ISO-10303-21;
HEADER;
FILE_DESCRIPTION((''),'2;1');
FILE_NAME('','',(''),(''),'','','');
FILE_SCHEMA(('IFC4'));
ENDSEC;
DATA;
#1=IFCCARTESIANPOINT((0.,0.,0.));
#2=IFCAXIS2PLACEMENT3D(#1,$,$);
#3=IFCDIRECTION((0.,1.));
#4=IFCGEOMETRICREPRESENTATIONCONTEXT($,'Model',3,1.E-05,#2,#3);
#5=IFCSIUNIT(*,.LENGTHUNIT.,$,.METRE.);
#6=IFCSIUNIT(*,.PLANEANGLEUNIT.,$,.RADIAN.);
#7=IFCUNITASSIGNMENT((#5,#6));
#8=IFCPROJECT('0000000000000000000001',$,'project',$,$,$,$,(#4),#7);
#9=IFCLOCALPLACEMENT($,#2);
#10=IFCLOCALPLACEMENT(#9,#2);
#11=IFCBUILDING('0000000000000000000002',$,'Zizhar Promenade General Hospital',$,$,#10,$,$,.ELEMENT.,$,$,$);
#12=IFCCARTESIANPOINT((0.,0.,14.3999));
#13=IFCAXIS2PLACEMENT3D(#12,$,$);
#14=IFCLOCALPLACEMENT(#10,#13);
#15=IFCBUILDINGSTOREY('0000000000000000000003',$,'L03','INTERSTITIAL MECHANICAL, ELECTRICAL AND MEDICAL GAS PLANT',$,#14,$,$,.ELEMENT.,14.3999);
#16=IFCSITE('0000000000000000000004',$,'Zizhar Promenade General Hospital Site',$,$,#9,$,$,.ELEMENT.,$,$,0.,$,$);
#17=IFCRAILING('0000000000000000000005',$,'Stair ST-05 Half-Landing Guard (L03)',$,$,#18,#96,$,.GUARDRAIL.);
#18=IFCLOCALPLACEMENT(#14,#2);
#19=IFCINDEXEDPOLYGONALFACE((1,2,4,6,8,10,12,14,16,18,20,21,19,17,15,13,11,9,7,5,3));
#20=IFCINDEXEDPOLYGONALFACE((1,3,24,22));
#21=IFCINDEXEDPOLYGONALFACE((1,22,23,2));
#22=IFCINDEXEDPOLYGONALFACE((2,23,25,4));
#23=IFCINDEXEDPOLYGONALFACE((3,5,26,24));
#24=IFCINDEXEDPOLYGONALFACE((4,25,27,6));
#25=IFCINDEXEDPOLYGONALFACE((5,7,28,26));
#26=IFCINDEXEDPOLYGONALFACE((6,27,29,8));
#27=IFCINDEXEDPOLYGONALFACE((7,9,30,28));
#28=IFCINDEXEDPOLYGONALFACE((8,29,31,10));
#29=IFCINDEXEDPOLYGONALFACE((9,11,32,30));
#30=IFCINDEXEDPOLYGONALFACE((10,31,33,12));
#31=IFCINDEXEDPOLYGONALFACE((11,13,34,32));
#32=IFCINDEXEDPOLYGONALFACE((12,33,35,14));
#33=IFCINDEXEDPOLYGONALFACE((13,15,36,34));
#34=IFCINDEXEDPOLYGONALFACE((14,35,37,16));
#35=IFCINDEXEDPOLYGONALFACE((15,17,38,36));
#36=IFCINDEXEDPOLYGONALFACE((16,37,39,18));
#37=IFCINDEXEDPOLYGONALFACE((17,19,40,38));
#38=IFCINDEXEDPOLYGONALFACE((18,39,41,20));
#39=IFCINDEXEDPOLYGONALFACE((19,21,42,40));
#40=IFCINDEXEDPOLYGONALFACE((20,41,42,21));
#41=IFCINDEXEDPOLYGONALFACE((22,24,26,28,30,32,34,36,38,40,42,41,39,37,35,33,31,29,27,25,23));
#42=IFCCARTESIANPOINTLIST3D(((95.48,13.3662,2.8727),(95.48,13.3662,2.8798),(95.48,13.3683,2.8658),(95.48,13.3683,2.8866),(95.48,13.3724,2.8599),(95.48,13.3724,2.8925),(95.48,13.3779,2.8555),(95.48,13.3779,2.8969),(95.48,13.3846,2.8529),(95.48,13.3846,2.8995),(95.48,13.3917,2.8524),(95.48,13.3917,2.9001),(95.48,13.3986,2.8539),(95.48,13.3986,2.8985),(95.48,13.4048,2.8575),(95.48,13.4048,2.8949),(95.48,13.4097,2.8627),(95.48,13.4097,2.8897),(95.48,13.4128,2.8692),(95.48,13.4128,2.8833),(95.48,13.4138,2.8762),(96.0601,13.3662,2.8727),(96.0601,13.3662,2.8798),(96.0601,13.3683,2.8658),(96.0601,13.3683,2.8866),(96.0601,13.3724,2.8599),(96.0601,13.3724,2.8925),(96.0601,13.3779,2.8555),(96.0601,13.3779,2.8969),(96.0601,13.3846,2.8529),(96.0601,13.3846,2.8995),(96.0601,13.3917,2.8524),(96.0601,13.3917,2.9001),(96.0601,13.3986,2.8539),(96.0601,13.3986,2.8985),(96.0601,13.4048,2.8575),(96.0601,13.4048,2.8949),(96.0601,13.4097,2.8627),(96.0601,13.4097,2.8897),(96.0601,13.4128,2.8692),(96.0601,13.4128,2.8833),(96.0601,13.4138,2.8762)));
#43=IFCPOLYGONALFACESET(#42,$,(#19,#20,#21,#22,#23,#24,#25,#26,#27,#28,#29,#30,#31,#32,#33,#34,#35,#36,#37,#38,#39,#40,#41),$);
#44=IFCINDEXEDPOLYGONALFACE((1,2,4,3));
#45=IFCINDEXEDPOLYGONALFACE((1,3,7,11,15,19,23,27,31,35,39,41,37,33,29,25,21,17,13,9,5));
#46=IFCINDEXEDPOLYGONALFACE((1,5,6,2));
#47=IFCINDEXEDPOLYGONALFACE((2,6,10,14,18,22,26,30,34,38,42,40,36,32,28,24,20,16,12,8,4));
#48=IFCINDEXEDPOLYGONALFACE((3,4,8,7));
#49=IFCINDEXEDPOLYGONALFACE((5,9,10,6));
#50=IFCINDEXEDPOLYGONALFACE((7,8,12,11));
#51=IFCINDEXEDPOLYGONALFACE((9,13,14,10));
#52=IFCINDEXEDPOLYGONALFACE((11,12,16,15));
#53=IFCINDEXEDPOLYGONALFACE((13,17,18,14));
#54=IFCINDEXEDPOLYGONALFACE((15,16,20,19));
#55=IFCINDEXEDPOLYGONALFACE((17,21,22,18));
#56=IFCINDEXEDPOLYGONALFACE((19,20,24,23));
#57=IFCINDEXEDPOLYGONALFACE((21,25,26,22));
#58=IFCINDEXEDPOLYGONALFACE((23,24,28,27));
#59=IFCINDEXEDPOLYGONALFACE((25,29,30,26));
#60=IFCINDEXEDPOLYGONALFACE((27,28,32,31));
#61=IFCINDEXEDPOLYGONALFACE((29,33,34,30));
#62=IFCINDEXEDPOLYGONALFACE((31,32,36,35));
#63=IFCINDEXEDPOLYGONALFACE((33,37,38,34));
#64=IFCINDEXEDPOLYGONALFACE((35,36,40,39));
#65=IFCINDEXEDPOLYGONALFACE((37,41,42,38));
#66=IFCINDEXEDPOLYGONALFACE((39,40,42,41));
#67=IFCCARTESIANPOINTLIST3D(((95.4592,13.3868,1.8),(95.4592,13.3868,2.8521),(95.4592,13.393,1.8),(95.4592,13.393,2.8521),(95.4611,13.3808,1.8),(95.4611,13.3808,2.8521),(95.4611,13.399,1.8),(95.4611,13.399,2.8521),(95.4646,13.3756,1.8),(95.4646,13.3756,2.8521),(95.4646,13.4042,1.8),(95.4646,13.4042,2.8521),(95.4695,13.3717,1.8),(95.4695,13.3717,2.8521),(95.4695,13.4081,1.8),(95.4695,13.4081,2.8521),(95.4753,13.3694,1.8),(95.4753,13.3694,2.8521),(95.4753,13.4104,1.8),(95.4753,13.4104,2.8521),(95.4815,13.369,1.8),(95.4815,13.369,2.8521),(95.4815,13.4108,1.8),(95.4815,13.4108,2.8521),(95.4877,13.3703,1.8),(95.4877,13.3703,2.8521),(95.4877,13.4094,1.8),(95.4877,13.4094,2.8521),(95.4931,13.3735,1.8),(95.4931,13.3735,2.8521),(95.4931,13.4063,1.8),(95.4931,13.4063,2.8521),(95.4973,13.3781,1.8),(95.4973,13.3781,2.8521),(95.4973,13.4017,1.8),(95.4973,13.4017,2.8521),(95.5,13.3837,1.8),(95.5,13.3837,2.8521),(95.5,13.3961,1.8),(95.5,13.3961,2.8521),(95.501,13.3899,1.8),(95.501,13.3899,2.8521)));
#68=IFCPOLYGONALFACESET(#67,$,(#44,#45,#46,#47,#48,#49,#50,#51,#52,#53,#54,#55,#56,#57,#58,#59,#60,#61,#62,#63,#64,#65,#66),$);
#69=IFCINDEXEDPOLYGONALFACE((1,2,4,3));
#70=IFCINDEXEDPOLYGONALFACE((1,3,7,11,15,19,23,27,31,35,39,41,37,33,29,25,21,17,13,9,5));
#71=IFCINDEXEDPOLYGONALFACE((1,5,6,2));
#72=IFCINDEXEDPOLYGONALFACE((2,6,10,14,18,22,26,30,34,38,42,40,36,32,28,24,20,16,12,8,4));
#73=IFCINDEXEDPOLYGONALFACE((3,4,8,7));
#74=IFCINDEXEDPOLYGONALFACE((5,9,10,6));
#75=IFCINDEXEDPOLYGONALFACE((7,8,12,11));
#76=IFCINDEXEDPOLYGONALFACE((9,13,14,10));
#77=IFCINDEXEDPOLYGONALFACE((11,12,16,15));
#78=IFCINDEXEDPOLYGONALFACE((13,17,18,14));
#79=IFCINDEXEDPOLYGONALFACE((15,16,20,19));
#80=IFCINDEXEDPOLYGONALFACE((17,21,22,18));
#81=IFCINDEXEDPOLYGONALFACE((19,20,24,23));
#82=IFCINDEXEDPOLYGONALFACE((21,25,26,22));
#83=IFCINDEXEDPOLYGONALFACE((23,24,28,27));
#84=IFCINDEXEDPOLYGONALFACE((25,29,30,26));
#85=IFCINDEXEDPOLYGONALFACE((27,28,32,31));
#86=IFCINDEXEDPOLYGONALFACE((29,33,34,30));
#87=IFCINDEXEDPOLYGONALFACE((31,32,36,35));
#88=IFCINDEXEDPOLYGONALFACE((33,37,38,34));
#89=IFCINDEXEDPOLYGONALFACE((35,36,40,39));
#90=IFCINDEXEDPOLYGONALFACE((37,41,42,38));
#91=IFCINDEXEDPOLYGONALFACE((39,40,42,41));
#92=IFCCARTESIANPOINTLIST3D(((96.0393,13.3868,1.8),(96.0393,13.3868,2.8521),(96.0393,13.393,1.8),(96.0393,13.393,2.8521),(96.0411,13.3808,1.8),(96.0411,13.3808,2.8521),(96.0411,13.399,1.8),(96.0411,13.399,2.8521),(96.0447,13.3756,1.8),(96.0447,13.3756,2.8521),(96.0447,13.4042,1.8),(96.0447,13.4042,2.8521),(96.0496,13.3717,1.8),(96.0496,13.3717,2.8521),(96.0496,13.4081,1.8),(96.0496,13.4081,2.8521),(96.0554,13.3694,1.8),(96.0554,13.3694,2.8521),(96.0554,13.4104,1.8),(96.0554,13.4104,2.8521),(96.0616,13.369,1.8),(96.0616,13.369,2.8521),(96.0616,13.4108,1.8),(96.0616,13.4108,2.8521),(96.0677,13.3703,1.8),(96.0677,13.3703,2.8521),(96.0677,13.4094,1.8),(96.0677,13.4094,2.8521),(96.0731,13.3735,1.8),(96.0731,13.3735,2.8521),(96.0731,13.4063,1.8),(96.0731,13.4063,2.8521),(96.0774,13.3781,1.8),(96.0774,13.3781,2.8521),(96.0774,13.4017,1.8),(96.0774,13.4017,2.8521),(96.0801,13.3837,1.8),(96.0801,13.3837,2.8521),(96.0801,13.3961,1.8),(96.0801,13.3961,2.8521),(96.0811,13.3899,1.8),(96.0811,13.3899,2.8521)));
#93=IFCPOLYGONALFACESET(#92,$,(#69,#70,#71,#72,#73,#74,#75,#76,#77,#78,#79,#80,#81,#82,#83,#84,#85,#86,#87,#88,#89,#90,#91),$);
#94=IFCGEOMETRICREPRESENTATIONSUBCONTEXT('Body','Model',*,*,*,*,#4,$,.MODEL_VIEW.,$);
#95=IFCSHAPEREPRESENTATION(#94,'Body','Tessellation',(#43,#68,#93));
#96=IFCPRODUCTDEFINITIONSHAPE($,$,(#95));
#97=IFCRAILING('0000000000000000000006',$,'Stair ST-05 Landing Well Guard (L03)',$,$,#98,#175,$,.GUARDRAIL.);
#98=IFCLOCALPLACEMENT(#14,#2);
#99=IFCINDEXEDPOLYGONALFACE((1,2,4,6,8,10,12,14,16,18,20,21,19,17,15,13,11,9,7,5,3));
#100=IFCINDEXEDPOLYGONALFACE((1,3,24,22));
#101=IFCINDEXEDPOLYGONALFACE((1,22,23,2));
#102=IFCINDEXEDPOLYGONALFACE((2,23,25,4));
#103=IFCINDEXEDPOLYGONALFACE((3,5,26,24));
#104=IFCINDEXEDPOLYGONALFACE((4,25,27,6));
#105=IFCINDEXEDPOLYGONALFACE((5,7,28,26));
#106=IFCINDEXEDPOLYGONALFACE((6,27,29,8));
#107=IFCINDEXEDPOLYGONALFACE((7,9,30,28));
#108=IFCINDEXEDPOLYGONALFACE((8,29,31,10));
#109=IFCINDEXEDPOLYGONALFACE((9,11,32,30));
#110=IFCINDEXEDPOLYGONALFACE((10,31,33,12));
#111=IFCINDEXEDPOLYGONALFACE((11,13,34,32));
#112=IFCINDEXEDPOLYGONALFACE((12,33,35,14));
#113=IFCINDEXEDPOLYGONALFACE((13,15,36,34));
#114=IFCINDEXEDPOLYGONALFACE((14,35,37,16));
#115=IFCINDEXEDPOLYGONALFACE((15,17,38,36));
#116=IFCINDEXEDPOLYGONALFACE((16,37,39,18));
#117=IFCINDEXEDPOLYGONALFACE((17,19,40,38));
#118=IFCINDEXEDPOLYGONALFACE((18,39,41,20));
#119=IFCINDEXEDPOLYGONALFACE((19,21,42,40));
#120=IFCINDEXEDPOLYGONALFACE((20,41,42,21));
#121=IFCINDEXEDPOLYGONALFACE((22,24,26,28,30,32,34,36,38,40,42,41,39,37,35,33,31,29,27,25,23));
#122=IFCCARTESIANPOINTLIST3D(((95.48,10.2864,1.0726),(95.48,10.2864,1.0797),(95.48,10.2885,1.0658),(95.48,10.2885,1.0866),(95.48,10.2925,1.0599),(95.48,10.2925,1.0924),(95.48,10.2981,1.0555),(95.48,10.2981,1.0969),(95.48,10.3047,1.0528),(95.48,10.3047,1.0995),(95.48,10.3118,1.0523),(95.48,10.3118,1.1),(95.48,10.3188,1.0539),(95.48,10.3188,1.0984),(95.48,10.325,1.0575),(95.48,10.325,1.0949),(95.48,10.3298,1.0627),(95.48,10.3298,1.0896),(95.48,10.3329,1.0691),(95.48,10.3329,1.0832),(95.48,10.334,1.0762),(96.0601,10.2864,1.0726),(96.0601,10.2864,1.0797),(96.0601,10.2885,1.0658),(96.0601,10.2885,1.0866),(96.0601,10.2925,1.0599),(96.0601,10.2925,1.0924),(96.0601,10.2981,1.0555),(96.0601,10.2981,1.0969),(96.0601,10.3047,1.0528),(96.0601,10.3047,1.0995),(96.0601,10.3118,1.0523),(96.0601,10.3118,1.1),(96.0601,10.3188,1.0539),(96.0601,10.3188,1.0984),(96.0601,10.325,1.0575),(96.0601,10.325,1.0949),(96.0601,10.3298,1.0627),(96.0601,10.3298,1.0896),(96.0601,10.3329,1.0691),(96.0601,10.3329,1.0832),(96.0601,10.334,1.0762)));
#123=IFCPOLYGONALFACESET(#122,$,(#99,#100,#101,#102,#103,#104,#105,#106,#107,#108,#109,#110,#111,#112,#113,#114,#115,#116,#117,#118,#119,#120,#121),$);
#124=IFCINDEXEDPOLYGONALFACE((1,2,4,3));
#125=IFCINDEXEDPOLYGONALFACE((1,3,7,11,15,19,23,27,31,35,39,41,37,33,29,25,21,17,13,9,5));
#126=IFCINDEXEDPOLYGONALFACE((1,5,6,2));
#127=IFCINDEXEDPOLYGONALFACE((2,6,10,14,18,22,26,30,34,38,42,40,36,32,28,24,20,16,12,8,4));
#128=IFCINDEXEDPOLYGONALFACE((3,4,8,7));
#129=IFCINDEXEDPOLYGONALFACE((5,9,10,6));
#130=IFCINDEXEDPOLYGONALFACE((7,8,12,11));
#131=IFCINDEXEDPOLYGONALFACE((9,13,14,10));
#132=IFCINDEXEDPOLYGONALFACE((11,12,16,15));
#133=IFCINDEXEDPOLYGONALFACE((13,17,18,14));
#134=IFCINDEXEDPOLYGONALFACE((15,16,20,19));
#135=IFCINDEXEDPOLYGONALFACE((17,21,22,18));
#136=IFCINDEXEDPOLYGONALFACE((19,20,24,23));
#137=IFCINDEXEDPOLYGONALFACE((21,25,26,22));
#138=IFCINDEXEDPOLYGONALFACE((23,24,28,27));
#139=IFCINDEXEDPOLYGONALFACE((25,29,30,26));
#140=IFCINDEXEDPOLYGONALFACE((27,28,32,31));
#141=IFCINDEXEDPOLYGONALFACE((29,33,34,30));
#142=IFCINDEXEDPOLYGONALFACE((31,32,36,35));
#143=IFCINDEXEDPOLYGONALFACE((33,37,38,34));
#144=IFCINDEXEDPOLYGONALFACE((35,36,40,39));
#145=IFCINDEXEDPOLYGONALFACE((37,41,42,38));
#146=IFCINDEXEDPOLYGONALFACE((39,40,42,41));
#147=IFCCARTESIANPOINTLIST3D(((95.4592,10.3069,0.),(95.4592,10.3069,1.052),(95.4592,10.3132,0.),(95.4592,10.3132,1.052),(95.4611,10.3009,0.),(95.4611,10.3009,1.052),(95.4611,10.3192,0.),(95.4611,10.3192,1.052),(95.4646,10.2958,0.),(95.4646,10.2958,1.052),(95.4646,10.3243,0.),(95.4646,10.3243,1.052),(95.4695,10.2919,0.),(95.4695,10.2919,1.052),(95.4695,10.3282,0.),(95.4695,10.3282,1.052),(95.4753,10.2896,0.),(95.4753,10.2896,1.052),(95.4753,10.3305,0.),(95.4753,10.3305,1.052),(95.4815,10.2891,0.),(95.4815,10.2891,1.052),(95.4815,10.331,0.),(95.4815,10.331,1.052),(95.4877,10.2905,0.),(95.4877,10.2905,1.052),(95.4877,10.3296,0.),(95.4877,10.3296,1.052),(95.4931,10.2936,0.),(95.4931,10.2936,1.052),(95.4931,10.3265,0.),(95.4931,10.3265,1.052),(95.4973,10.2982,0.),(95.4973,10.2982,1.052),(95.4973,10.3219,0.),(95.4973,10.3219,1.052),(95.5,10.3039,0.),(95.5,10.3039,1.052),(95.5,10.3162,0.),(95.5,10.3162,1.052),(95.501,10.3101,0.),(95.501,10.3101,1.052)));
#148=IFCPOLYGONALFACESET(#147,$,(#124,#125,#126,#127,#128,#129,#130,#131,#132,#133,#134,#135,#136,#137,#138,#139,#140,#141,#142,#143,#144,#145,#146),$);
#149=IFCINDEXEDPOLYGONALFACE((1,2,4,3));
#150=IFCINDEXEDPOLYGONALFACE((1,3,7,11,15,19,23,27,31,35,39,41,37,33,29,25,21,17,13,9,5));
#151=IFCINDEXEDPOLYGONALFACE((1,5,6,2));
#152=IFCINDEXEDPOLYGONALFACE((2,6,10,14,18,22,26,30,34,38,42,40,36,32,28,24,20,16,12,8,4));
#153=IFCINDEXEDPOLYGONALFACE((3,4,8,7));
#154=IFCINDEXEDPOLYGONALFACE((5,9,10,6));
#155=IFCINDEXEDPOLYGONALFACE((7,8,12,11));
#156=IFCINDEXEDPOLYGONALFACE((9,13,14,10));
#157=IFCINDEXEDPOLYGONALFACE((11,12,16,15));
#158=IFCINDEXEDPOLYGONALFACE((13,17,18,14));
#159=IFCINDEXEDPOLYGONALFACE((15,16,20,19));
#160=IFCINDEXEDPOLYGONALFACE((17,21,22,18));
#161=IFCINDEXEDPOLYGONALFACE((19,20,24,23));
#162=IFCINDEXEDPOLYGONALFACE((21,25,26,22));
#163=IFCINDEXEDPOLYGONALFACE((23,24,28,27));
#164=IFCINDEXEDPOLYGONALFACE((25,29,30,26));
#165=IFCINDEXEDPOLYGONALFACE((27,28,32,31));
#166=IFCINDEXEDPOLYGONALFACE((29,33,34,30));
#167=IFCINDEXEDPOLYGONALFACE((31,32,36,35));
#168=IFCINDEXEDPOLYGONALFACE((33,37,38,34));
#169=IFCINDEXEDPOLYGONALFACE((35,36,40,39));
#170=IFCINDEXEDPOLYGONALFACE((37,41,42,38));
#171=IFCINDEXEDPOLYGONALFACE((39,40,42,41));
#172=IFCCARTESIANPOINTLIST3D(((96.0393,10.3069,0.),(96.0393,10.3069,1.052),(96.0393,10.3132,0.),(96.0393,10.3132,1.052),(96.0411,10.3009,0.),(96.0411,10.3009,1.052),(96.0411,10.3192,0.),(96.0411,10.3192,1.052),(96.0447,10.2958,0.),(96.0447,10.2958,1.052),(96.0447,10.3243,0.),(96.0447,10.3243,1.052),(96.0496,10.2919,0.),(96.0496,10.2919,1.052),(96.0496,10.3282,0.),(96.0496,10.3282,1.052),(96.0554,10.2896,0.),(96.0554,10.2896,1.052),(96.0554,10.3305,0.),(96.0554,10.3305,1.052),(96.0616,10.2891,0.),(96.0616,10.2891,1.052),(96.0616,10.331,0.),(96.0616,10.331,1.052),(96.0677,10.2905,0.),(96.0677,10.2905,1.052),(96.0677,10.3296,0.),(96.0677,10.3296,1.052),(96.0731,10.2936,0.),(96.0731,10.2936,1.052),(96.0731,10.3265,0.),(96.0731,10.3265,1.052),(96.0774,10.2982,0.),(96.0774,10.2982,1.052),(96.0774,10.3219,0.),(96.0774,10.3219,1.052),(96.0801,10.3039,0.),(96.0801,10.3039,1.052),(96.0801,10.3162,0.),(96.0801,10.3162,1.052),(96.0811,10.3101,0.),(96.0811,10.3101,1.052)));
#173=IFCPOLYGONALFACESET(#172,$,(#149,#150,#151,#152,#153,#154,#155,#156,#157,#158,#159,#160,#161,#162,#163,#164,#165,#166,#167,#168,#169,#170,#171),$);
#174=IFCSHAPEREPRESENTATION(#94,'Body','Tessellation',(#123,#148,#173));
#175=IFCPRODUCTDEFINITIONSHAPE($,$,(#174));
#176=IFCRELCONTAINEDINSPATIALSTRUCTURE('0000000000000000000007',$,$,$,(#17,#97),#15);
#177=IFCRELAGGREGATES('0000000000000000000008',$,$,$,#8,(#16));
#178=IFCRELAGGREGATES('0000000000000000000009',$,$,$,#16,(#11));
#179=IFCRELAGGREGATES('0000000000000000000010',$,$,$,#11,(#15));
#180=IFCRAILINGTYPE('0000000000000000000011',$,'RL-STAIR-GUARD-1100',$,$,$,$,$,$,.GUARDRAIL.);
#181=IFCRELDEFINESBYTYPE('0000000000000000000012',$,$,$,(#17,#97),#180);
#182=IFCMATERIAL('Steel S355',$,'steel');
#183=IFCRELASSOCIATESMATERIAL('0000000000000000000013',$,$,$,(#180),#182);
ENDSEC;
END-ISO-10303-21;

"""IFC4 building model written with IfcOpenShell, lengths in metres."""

from ifc_helpers import new_model, si_unit, direction, frame, origin, origin_2d, place, context, subcontext, project, spatial, circle, hollow_circle, extrude, material, material_profile, profile_set, type_object, element, save


model = new_model("IFC4")

# Units and contexts
model_context = context("Model", 3, precision=1e-05, world=origin(), true_north=direction((0.0, 1.0)))
body_context = subcontext(model_context, "Body", "Model", "MODEL_VIEW")
ifc_project = project(units=[si_unit("LENGTHUNIT", "METRE"), si_unit("PLANEANGLEUNIT", "RADIAN")], contexts=[model_context])

# Site, building, storey
site_placement = place(None, origin())
site = spatial("IfcSite", under=ifc_project, at=site_placement, Name="Zizhar Promenade General Hospital Site", CompositionType="ELEMENT", RefElevation=0.0)
building_placement = place(site_placement, origin())
building = spatial("IfcBuilding", under=site, at=building_placement, Name="Zizhar Promenade General Hospital", CompositionType="ELEMENT")
storey_placement = place(building_placement, frame((0.0, 0.0, 14.3999)))
storey = spatial("IfcBuildingStorey", under=building, at=storey_placement, Name="L03", Description="INTERSTITIAL MECHANICAL, ELECTRICAL AND MEDICAL GAS PLANT", CompositionType="ELEMENT", Elevation=14.3999)

# Railings
ifc_material_1 = material(Name="Steel S355", Category="steel")
ifc_material_profile_1 = material_profile(ifc_material_1, hollow_circle(Radius=0.0698, WallThickness=0.0063, at=origin_2d()))
ifc_profile_set_1 = profile_set([ifc_material_profile_1], Name="Steel S355")
railing_type_1 = type_object("IfcRailingType", Name="RL-STAIR-GUARD-1100", PredefinedType="GUARDRAIL", material=ifc_profile_set_1)
for number, where, name in (
    (1, (95.48, 13.3899, 1.8), "Stair ST-05 Half-Landing Guard (L03)"),
    (2, (95.48, 10.3101, 0.0), "Stair ST-05 Landing Well Guard (L03)"),
):
    element("IfcRailing", number, at=place(storey_placement, frame(where)), inside=storey, type_object=railing_type_1, Name=name, PredefinedType="GUARDRAIL", context=body_context, shape_type="SweptSolid", body=[
        extrude(circle(Radius=0.0239, at=origin_2d()), frame((0.0, 0.0, 1.0762), z_axis=(1.0, 0.0, 0.0), x_axis=(0.0, 1.0, 0.0)), (0.0, 0.0, 1.0), 0.5801),
        extrude(circle(Radius=0.021, at=origin_2d()), origin(), (0.0, 0.0, 1.0), 1.052),
        extrude(circle(Radius=0.021, at=origin_2d()), frame((0.5801, 0.0, 0.0)), (0.0, 0.0, 1.0), 1.052),
    ])

save(model, "model.ifc")
